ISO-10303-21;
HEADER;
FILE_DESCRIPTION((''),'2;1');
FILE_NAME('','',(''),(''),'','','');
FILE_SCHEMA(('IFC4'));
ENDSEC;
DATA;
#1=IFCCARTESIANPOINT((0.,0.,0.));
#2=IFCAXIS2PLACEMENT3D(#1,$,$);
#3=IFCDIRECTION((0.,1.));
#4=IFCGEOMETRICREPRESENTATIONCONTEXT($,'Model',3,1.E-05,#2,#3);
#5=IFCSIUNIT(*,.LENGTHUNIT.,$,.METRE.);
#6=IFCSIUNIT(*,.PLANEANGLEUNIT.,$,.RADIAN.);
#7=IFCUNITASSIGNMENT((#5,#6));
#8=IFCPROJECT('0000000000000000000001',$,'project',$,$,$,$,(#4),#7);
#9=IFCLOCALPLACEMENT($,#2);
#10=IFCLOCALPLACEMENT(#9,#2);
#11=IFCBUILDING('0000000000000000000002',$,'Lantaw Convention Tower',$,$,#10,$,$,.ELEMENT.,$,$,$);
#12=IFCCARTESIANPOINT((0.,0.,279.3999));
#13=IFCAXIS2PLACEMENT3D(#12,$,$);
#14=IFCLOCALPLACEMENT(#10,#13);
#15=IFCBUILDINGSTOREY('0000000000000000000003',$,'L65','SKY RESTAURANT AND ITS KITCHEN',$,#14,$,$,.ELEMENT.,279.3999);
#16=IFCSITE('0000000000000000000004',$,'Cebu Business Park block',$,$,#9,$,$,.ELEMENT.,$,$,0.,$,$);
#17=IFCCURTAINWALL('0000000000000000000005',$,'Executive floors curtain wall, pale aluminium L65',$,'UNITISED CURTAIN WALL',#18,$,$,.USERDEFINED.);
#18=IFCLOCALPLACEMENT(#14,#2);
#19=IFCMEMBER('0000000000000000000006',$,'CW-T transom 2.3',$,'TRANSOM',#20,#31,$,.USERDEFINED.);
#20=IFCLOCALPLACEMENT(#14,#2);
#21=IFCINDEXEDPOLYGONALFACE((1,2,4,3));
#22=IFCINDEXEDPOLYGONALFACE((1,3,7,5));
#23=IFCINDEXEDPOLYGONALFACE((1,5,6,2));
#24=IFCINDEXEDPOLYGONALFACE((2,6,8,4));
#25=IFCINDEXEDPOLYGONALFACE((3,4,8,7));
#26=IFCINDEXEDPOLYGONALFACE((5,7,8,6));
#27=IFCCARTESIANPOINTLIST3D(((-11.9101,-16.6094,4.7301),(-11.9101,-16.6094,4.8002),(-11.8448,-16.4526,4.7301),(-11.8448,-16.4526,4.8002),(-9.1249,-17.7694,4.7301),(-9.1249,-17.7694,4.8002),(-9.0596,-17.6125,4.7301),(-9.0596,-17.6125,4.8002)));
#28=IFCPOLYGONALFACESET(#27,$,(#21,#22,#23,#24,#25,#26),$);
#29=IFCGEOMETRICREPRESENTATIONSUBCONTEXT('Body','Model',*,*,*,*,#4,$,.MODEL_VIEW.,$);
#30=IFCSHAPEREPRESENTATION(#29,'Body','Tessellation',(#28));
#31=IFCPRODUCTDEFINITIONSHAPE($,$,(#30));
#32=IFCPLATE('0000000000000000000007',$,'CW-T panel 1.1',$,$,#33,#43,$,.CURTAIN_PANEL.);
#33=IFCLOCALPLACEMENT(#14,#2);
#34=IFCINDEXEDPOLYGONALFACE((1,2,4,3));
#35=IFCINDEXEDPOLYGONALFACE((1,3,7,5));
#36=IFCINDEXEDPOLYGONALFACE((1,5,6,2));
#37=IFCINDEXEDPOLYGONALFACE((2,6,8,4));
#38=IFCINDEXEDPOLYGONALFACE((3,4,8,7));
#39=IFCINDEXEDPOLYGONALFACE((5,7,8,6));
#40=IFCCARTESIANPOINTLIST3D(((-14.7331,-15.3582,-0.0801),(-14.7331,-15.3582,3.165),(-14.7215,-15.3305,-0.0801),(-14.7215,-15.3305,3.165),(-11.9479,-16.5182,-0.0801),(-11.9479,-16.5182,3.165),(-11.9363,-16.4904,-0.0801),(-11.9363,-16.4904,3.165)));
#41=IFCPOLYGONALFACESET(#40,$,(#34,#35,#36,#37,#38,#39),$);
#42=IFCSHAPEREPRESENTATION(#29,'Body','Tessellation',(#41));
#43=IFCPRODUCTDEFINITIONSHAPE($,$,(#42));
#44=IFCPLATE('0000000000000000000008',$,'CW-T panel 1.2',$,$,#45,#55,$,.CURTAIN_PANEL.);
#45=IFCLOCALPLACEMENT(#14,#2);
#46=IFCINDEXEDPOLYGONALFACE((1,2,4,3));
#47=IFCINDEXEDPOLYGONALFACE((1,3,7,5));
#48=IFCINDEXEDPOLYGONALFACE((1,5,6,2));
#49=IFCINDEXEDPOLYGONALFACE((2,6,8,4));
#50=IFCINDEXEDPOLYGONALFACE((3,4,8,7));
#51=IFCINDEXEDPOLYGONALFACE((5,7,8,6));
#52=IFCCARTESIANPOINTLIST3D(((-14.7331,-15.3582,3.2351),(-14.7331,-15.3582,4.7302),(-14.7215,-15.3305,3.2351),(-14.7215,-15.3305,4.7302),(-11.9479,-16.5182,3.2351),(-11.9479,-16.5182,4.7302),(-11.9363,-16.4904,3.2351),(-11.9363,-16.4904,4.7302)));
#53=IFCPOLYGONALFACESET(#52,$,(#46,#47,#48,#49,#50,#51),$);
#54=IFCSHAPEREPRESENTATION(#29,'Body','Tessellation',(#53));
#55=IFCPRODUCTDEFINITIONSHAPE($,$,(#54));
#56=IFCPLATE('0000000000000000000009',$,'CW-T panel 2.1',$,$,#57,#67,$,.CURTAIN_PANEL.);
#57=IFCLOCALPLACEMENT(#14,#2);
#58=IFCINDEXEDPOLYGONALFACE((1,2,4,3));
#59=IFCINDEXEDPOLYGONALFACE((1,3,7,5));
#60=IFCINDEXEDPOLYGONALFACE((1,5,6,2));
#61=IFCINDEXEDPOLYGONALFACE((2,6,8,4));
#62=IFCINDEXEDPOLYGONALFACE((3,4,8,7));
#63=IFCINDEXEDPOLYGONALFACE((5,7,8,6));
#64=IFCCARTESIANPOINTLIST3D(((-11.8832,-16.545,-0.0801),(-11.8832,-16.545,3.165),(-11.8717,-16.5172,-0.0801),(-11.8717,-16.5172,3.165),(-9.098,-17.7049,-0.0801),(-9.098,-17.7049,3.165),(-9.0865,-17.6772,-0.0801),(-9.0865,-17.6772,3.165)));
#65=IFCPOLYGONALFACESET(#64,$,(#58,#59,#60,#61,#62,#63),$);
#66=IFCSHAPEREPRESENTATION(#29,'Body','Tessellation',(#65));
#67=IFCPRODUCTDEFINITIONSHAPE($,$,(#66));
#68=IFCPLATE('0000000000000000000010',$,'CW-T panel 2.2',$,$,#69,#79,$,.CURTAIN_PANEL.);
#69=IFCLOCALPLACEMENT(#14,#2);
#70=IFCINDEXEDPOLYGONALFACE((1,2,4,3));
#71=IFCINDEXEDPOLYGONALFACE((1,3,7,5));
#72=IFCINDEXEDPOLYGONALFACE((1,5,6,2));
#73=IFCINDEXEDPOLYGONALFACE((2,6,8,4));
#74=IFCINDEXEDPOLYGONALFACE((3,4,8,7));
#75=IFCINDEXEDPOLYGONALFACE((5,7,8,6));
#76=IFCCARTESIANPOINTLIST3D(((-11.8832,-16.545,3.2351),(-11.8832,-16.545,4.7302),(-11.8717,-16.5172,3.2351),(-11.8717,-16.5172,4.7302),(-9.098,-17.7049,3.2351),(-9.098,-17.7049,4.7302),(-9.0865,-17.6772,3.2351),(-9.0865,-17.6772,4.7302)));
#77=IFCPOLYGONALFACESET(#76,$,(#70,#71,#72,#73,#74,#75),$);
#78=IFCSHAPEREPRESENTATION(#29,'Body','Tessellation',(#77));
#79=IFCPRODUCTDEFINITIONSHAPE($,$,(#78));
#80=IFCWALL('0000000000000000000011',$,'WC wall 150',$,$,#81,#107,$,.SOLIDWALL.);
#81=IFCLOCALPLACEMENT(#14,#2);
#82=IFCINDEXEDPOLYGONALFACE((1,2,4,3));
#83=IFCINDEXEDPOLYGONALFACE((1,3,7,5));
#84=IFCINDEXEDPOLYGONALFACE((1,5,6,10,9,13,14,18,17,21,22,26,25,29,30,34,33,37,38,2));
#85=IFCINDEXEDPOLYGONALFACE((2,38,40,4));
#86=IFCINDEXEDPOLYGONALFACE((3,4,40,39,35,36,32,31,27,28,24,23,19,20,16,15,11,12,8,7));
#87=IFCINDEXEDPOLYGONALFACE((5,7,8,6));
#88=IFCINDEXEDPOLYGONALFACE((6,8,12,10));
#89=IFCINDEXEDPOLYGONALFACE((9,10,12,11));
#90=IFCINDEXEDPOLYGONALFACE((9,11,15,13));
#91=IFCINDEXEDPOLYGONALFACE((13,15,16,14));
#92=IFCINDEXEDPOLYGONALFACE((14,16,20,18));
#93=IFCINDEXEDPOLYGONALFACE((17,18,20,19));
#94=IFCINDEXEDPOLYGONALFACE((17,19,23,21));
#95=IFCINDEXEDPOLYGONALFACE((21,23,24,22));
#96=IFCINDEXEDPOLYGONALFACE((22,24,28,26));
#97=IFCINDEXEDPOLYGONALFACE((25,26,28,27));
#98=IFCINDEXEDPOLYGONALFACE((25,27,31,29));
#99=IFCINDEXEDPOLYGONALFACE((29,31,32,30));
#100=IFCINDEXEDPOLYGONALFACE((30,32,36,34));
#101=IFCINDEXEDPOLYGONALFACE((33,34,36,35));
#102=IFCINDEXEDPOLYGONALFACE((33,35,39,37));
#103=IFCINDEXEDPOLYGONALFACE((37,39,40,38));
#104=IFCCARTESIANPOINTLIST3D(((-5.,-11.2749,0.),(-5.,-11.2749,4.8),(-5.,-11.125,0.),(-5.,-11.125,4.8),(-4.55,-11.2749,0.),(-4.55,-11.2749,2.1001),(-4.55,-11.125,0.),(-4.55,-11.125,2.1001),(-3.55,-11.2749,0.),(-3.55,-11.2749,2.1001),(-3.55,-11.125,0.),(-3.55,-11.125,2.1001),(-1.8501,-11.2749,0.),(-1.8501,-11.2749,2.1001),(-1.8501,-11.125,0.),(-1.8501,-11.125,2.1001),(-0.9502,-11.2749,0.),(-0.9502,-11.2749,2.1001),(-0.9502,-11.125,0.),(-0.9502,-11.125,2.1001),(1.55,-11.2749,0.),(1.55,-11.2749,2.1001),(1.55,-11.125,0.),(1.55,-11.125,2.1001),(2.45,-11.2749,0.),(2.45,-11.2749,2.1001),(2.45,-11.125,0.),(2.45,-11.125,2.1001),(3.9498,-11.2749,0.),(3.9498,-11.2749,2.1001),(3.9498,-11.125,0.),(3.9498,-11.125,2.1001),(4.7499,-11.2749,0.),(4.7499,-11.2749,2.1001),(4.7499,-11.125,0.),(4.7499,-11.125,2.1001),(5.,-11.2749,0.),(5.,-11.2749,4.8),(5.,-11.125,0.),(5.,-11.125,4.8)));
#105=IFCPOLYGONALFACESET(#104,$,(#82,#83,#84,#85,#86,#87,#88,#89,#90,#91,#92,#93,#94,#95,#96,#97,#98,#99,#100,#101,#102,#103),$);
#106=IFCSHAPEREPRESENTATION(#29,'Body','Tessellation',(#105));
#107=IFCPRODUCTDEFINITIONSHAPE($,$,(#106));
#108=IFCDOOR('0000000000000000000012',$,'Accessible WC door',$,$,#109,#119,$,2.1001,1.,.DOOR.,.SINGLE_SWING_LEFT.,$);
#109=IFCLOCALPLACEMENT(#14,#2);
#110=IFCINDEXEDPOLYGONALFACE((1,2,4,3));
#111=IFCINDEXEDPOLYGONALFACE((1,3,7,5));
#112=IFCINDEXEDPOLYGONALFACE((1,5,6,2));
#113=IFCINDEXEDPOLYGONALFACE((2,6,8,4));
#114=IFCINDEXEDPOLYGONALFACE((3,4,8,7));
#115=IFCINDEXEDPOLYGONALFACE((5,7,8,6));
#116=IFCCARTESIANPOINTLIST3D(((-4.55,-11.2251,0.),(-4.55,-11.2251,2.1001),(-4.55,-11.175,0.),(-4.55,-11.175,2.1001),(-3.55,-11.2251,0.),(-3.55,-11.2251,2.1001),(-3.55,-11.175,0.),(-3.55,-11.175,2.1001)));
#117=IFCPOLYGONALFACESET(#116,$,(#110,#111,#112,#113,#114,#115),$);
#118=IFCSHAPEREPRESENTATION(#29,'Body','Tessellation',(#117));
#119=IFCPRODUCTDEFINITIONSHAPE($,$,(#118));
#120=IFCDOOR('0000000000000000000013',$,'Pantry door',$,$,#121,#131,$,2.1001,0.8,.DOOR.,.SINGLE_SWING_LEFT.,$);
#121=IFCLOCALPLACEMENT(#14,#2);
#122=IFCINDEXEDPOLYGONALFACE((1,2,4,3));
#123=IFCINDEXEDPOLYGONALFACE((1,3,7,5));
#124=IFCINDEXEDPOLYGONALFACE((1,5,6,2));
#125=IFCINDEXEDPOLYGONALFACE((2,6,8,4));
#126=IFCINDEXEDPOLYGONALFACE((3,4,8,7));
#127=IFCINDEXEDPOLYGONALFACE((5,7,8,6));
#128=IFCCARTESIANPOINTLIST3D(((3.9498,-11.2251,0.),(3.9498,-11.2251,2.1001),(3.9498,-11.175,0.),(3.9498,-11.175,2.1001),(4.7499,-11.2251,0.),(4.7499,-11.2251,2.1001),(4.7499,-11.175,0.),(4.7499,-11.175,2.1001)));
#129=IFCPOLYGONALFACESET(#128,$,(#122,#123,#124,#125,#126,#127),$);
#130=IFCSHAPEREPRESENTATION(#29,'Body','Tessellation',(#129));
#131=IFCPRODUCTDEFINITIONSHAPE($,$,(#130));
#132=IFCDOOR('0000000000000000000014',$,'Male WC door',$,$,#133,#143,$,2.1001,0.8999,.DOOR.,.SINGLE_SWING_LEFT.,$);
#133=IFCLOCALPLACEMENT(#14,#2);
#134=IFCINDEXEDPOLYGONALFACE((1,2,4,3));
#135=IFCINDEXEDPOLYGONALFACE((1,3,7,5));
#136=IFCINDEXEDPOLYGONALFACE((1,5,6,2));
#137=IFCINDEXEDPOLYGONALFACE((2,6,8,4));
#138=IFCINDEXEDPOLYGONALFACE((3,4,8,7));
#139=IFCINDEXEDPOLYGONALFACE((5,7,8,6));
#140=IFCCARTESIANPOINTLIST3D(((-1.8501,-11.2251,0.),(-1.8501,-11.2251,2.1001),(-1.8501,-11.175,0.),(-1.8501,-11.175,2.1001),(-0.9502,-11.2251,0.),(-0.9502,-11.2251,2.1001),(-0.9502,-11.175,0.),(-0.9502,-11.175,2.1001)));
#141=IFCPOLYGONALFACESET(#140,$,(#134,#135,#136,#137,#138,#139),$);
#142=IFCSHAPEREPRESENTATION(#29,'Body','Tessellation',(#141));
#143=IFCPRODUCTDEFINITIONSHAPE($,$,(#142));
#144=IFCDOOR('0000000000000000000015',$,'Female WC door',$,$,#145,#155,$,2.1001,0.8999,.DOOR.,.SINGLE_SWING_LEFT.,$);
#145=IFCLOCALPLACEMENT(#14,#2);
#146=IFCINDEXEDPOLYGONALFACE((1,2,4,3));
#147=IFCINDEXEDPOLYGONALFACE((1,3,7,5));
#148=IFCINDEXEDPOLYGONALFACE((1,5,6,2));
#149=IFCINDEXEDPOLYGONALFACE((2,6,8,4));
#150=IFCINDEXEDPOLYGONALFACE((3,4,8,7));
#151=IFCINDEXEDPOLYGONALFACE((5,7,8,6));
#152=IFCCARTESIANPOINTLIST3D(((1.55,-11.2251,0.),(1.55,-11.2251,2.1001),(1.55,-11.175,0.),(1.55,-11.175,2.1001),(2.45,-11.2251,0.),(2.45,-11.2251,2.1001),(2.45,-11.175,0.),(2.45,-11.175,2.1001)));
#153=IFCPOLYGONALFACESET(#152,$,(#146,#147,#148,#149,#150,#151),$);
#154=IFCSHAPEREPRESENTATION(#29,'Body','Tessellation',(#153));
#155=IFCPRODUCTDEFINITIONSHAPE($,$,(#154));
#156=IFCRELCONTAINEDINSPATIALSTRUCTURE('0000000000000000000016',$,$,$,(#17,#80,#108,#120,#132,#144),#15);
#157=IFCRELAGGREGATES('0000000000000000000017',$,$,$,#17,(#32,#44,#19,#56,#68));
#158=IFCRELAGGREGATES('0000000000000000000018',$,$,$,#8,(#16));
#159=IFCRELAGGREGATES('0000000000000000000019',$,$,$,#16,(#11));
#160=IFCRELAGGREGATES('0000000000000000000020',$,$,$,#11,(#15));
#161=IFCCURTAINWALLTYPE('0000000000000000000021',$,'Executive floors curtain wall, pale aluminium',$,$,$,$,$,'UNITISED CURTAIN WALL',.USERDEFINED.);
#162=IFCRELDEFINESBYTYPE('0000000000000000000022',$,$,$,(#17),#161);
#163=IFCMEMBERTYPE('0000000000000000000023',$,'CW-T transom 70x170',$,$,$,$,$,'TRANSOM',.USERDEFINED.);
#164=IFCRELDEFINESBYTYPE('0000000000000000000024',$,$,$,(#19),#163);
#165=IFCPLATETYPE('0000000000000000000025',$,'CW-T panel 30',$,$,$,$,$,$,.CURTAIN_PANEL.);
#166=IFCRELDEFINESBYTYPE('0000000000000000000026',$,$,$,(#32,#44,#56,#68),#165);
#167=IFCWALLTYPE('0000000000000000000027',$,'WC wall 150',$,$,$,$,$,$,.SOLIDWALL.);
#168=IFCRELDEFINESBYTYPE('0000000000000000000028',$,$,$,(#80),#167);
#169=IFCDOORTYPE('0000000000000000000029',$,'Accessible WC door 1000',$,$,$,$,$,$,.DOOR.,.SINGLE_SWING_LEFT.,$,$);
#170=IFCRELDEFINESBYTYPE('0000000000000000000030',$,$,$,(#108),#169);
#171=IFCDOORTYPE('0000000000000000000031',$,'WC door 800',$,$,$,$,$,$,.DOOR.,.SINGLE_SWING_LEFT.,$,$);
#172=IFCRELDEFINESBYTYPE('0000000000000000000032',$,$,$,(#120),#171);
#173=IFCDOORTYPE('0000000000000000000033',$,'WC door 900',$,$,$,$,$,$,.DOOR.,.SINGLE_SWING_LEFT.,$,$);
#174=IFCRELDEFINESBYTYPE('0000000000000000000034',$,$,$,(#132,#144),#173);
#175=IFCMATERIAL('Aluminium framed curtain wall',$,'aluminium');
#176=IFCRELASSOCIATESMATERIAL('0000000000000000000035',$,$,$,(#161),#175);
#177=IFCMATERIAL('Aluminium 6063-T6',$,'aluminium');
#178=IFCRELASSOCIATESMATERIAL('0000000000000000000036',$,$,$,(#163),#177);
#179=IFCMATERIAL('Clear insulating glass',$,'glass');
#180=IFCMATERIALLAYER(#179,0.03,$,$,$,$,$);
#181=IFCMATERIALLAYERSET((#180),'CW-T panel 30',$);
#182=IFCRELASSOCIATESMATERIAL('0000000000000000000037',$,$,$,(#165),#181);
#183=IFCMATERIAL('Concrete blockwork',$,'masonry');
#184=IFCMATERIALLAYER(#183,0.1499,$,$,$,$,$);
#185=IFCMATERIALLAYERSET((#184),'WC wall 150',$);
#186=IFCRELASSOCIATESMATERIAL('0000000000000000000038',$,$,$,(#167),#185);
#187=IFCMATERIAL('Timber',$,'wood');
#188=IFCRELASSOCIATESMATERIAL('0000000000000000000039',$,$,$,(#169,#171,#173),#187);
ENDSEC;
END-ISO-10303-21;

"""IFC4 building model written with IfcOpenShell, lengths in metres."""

from ifc_helpers import new_model, si_unit, direction, frame, frame_2d, origin, origin_2d, place, context, subcontext, project, spatial, rectangle, extrude, material, layer, layer_set, material_profile, profile_set, type_object, element, fill, aggregate, save


model = new_model("IFC4")

# Units and contexts
model_context = context("Model", 3, precision=1e-05, world=origin(), true_north=direction((0.0, 1.0)))
body_context = subcontext(model_context, "Body", "Model", "MODEL_VIEW")
ifc_project = project(units=[si_unit("LENGTHUNIT", "METRE"), si_unit("PLANEANGLEUNIT", "RADIAN")], contexts=[model_context])

# Site, building, storey
site_placement = place(None, origin())
site = spatial("IfcSite", under=ifc_project, at=site_placement, Name="Cebu Business Park block", CompositionType="ELEMENT", RefElevation=0.0)
building_placement = place(site_placement, origin())
building = spatial("IfcBuilding", under=site, at=building_placement, Name="Lantaw Convention Tower", CompositionType="ELEMENT")
storey_placement = place(building_placement, frame((0.0, 0.0, 279.3999)))
storey = spatial("IfcBuildingStorey", under=building, at=storey_placement, Name="L65", Description="SKY RESTAURANT AND ITS KITCHEN", CompositionType="ELEMENT", Elevation=279.3999)

# Curtain wall, member, plates
ifc_material_1 = material(Name="Aluminium framed curtain wall", Category="aluminium")
curtain_wall_type = type_object("IfcCurtainWallType", Name="Executive floors curtain wall, pale aluminium", ElementType="UNITISED CURTAIN WALL", PredefinedType="USERDEFINED", material=ifc_material_1)
curtain_wall_placement = place(storey_placement, origin())
curtain_wall = element("IfcCurtainWall", 1, at=curtain_wall_placement, inside=storey, type_object=curtain_wall_type, Name="Executive floors curtain wall, pale aluminium L65", ObjectType="UNITISED CURTAIN WALL", PredefinedType="USERDEFINED")
ifc_material_2 = material(Name="Aluminium 6063-T6", Category="aluminium")
ifc_material_profile_1 = material_profile(ifc_material_2, rectangle(XDim=0.1699, YDim=0.0701, at=origin_2d()), Name="CW-T transom 70x170")
ifc_profile_set_1 = profile_set([ifc_material_profile_1], Name="Aluminium 6063-T6")
member_type_1 = type_object("IfcMemberType", Name="CW-T transom 70x170", ElementType="TRANSOM", PredefinedType="USERDEFINED", material=ifc_profile_set_1)
member_1_placement = place(storey_placement, frame((-11.8774, -16.531, 4.7651), z_axis=(0.923144, -0.384454, 0.0), x_axis=(0.384454, 0.923144, 0.0)))
member_1 = element("IfcMember", 2, at=member_1_placement, type_object=member_type_1, Name="CW-T transom 2.3", ObjectType="TRANSOM", PredefinedType="USERDEFINED", context=body_context, shape_type="SweptSolid", body=[
    extrude(rectangle(XDim=0.1699, YDim=0.0701, at=origin_2d()), origin(), (0.0, 0.0, 1.0), 3.0171),
])
ifc_material_3 = material(Name="Clear insulating glass", Category="glass")
ifc_layer_1 = layer(ifc_material_3, 0.03)
ifc_layer_set_1 = layer_set([ifc_layer_1], Name="CW-T panel 30")
plate_type = type_object("IfcPlateType", Name="CW-T panel 30", PredefinedType="CURTAIN_PANEL", material=ifc_layer_set_1)
plate_1_placement = place(storey_placement, frame((-13.3347, -15.9243, -0.0801), z_axis=(0.0, 0.0, 1.0), x_axis=(0.923142, -0.38446, 0.0)))
plate_1 = element("IfcPlate", 3, at=plate_1_placement, type_object=plate_type, Name="CW-T panel 1.1", PredefinedType="CURTAIN_PANEL", context=body_context, shape_type="SweptSolid", body=[
    extrude(rectangle(XDim=3.0171, YDim=0.03, at=origin_2d()), origin(), (0.0, 0.0, 1.0), 3.2451),
])
plate_2_placement = place(storey_placement, frame((-13.3347, -15.9243, 3.2351), z_axis=(0.0, 0.0, 1.0), x_axis=(0.923142, -0.38446, 0.0)))
plate_2 = element("IfcPlate", 4, at=plate_2_placement, type_object=plate_type, Name="CW-T panel 1.2", PredefinedType="CURTAIN_PANEL", context=body_context, shape_type="SweptSolid", body=[
    extrude(rectangle(XDim=3.0171, YDim=0.03, at=origin_2d()), origin(), (0.0, 0.0, 1.0), 1.4951),
])
plate_3_placement = place(storey_placement, frame((-10.4849, -17.1111, -0.0801), z_axis=(0.0, 0.0, 1.0), x_axis=(0.923142, -0.38446, 0.0)))
plate_3 = element("IfcPlate", 5, at=plate_3_placement, type_object=plate_type, Name="CW-T panel 2.1", PredefinedType="CURTAIN_PANEL", context=body_context, shape_type="SweptSolid", body=[
    extrude(rectangle(XDim=3.0171, YDim=0.03, at=origin_2d()), origin(), (0.0, 0.0, 1.0), 3.2451),
])
plate_4_placement = place(storey_placement, frame((-10.4849, -17.1111, 3.2351), z_axis=(0.0, 0.0, 1.0), x_axis=(0.923142, -0.38446, 0.0)))
plate_4 = element("IfcPlate", 6, at=plate_4_placement, type_object=plate_type, Name="CW-T panel 2.2", PredefinedType="CURTAIN_PANEL", context=body_context, shape_type="SweptSolid", body=[
    extrude(rectangle(XDim=3.0171, YDim=0.03, at=origin_2d()), origin(), (0.0, 0.0, 1.0), 1.4951),
])
aggregate(curtain_wall, [plate_1, plate_2, member_1, plate_3, plate_4])

# Wall, openings, doors
ifc_material_4 = material(Name="Concrete blockwork", Category="masonry")
ifc_layer_2 = layer(ifc_material_4, 0.1499)
ifc_layer_set_2 = layer_set([ifc_layer_2], Name="WC wall 150")
wall_type = type_object("IfcWallType", Name="WC wall 150", PredefinedType="SOLIDWALL", material=ifc_layer_set_2)
wall_placement = place(storey_placement, frame((-5.0, -11.2, 0.0), z_axis=(0.0, 0.0, 1.0), x_axis=(1.0, 0.0, 0.0)))
wall = element("IfcWall", 7, at=wall_placement, inside=storey, type_object=wall_type, Name="WC wall 150", PredefinedType="SOLIDWALL", context=body_context, shape_type="SweptSolid", body=[
    extrude(rectangle(XDim=10.0, YDim=0.1499, at=frame_2d((5.0, 0.0))), origin(), (0.0, 0.0, 1.0), 4.8),
])
opening_1_placement = place(wall_placement, frame((0.45, 0.0, 0.0)))
opening_1 = element("IfcOpeningElement", 8, at=opening_1_placement, cuts=wall, PredefinedType="OPENING", context=body_context, shape_type="SweptSolid", body=[
    extrude(rectangle(XDim=1.0, YDim=2.1001, at=frame_2d((0.5, 1.05))), frame((0.0, 0.085, 0.0), z_axis=(0.0, -1.0, 0.0), x_axis=(1.0, 0.0, 0.0)), (0.0, 0.0, 1.0), 0.1699),
])
opening_2_placement = place(wall_placement, frame((3.1499, 0.0, 0.0)))
opening_2 = element("IfcOpeningElement", 9, at=opening_2_placement, cuts=wall, PredefinedType="OPENING", context=body_context, shape_type="SweptSolid", body=[
    extrude(rectangle(XDim=0.8999, YDim=2.1001, at=frame_2d((0.45, 1.05))), frame((0.0, 0.085, 0.0), z_axis=(0.0, -1.0, 0.0), x_axis=(1.0, 0.0, 0.0)), (0.0, 0.0, 1.0), 0.1699),
])
opening_3_placement = place(wall_placement, frame((6.55, 0.0, 0.0)))
opening_3 = element("IfcOpeningElement", 10, at=opening_3_placement, cuts=wall, PredefinedType="OPENING", context=body_context, shape_type="SweptSolid", body=[
    extrude(rectangle(XDim=0.8999, YDim=2.1001, at=frame_2d((0.45, 1.05))), frame((0.0, 0.085, 0.0), z_axis=(0.0, -1.0, 0.0), x_axis=(1.0, 0.0, 0.0)), (0.0, 0.0, 1.0), 0.1699),
])
opening_4_placement = place(wall_placement, frame((8.95, 0.0, 0.0)))
opening_4 = element("IfcOpeningElement", 11, at=opening_4_placement, cuts=wall, PredefinedType="OPENING", context=body_context, shape_type="SweptSolid", body=[
    extrude(rectangle(XDim=0.8, YDim=2.1001, at=frame_2d((0.3999, 1.05))), frame((0.0, 0.085, 0.0), z_axis=(0.0, -1.0, 0.0), x_axis=(1.0, 0.0, 0.0)), (0.0, 0.0, 1.0), 0.1699),
])
ifc_material_5 = material(Name="Timber", Category="wood")
door_type_1 = type_object("IfcDoorType", Name="Accessible WC door 1000", OperationType="SINGLE_SWING_LEFT", PredefinedType="DOOR", material=ifc_material_5)
door_1_placement = place(opening_1_placement, origin())
door_1 = element("IfcDoor", 12, at=door_1_placement, inside=storey, type_object=door_type_1, Name="Accessible WC door", OperationType="SINGLE_SWING_LEFT", OverallHeight=2.1001, OverallWidth=1.0, PredefinedType="DOOR", context=body_context, shape_type="SweptSolid", body=[
    extrude(rectangle(XDim=1.0, YDim=2.1001, at=frame_2d((0.5, 1.05))), frame((0.0, 0.0249, 0.0), z_axis=(0.0, -1.0, 0.0), x_axis=(1.0, 0.0, 0.0)), (0.0, 0.0, 1.0), 0.05),
])
fill(opening_1, door_1)
door_type_2 = type_object("IfcDoorType", Name="WC door 800", OperationType="SINGLE_SWING_LEFT", PredefinedType="DOOR", material=ifc_material_5)
door_2_placement = place(opening_4_placement, origin())
door_2 = element("IfcDoor", 13, at=door_2_placement, inside=storey, type_object=door_type_2, Name="Pantry door", OperationType="SINGLE_SWING_LEFT", OverallHeight=2.1001, OverallWidth=0.8, PredefinedType="DOOR", context=body_context, shape_type="SweptSolid", body=[
    extrude(rectangle(XDim=0.8, YDim=2.1001, at=frame_2d((0.3999, 1.05))), frame((0.0, 0.0249, 0.0), z_axis=(0.0, -1.0, 0.0), x_axis=(1.0, 0.0, 0.0)), (0.0, 0.0, 1.0), 0.05),
])
fill(opening_4, door_2)
door_type_3 = type_object("IfcDoorType", Name="WC door 900", OperationType="SINGLE_SWING_LEFT", PredefinedType="DOOR", material=ifc_material_5)
door_3_placement = place(opening_2_placement, origin())
door_3 = element("IfcDoor", 14, at=door_3_placement, inside=storey, type_object=door_type_3, Name="Male WC door", OperationType="SINGLE_SWING_LEFT", OverallHeight=2.1001, OverallWidth=0.8999, PredefinedType="DOOR", context=body_context, shape_type="SweptSolid", body=[
    extrude(rectangle(XDim=0.8999, YDim=2.1001, at=frame_2d((0.45, 1.05))), frame((0.0, 0.0249, 0.0), z_axis=(0.0, -1.0, 0.0), x_axis=(1.0, 0.0, 0.0)), (0.0, 0.0, 1.0), 0.05),
])
fill(opening_2, door_3)
door_4_placement = place(opening_3_placement, origin())
door_4 = element("IfcDoor", 15, at=door_4_placement, inside=storey, type_object=door_type_3, Name="Female WC door", OperationType="SINGLE_SWING_LEFT", OverallHeight=2.1001, OverallWidth=0.8999, PredefinedType="DOOR", context=body_context, shape_type="SweptSolid", body=[
    extrude(rectangle(XDim=0.8999, YDim=2.1001, at=frame_2d((0.45, 1.05))), frame((0.0, 0.0249, 0.0), z_axis=(0.0, -1.0, 0.0), x_axis=(1.0, 0.0, 0.0)), (0.0, 0.0, 1.0), 0.05),
])
fill(opening_3, door_4)

save(model, "model.ifc")
